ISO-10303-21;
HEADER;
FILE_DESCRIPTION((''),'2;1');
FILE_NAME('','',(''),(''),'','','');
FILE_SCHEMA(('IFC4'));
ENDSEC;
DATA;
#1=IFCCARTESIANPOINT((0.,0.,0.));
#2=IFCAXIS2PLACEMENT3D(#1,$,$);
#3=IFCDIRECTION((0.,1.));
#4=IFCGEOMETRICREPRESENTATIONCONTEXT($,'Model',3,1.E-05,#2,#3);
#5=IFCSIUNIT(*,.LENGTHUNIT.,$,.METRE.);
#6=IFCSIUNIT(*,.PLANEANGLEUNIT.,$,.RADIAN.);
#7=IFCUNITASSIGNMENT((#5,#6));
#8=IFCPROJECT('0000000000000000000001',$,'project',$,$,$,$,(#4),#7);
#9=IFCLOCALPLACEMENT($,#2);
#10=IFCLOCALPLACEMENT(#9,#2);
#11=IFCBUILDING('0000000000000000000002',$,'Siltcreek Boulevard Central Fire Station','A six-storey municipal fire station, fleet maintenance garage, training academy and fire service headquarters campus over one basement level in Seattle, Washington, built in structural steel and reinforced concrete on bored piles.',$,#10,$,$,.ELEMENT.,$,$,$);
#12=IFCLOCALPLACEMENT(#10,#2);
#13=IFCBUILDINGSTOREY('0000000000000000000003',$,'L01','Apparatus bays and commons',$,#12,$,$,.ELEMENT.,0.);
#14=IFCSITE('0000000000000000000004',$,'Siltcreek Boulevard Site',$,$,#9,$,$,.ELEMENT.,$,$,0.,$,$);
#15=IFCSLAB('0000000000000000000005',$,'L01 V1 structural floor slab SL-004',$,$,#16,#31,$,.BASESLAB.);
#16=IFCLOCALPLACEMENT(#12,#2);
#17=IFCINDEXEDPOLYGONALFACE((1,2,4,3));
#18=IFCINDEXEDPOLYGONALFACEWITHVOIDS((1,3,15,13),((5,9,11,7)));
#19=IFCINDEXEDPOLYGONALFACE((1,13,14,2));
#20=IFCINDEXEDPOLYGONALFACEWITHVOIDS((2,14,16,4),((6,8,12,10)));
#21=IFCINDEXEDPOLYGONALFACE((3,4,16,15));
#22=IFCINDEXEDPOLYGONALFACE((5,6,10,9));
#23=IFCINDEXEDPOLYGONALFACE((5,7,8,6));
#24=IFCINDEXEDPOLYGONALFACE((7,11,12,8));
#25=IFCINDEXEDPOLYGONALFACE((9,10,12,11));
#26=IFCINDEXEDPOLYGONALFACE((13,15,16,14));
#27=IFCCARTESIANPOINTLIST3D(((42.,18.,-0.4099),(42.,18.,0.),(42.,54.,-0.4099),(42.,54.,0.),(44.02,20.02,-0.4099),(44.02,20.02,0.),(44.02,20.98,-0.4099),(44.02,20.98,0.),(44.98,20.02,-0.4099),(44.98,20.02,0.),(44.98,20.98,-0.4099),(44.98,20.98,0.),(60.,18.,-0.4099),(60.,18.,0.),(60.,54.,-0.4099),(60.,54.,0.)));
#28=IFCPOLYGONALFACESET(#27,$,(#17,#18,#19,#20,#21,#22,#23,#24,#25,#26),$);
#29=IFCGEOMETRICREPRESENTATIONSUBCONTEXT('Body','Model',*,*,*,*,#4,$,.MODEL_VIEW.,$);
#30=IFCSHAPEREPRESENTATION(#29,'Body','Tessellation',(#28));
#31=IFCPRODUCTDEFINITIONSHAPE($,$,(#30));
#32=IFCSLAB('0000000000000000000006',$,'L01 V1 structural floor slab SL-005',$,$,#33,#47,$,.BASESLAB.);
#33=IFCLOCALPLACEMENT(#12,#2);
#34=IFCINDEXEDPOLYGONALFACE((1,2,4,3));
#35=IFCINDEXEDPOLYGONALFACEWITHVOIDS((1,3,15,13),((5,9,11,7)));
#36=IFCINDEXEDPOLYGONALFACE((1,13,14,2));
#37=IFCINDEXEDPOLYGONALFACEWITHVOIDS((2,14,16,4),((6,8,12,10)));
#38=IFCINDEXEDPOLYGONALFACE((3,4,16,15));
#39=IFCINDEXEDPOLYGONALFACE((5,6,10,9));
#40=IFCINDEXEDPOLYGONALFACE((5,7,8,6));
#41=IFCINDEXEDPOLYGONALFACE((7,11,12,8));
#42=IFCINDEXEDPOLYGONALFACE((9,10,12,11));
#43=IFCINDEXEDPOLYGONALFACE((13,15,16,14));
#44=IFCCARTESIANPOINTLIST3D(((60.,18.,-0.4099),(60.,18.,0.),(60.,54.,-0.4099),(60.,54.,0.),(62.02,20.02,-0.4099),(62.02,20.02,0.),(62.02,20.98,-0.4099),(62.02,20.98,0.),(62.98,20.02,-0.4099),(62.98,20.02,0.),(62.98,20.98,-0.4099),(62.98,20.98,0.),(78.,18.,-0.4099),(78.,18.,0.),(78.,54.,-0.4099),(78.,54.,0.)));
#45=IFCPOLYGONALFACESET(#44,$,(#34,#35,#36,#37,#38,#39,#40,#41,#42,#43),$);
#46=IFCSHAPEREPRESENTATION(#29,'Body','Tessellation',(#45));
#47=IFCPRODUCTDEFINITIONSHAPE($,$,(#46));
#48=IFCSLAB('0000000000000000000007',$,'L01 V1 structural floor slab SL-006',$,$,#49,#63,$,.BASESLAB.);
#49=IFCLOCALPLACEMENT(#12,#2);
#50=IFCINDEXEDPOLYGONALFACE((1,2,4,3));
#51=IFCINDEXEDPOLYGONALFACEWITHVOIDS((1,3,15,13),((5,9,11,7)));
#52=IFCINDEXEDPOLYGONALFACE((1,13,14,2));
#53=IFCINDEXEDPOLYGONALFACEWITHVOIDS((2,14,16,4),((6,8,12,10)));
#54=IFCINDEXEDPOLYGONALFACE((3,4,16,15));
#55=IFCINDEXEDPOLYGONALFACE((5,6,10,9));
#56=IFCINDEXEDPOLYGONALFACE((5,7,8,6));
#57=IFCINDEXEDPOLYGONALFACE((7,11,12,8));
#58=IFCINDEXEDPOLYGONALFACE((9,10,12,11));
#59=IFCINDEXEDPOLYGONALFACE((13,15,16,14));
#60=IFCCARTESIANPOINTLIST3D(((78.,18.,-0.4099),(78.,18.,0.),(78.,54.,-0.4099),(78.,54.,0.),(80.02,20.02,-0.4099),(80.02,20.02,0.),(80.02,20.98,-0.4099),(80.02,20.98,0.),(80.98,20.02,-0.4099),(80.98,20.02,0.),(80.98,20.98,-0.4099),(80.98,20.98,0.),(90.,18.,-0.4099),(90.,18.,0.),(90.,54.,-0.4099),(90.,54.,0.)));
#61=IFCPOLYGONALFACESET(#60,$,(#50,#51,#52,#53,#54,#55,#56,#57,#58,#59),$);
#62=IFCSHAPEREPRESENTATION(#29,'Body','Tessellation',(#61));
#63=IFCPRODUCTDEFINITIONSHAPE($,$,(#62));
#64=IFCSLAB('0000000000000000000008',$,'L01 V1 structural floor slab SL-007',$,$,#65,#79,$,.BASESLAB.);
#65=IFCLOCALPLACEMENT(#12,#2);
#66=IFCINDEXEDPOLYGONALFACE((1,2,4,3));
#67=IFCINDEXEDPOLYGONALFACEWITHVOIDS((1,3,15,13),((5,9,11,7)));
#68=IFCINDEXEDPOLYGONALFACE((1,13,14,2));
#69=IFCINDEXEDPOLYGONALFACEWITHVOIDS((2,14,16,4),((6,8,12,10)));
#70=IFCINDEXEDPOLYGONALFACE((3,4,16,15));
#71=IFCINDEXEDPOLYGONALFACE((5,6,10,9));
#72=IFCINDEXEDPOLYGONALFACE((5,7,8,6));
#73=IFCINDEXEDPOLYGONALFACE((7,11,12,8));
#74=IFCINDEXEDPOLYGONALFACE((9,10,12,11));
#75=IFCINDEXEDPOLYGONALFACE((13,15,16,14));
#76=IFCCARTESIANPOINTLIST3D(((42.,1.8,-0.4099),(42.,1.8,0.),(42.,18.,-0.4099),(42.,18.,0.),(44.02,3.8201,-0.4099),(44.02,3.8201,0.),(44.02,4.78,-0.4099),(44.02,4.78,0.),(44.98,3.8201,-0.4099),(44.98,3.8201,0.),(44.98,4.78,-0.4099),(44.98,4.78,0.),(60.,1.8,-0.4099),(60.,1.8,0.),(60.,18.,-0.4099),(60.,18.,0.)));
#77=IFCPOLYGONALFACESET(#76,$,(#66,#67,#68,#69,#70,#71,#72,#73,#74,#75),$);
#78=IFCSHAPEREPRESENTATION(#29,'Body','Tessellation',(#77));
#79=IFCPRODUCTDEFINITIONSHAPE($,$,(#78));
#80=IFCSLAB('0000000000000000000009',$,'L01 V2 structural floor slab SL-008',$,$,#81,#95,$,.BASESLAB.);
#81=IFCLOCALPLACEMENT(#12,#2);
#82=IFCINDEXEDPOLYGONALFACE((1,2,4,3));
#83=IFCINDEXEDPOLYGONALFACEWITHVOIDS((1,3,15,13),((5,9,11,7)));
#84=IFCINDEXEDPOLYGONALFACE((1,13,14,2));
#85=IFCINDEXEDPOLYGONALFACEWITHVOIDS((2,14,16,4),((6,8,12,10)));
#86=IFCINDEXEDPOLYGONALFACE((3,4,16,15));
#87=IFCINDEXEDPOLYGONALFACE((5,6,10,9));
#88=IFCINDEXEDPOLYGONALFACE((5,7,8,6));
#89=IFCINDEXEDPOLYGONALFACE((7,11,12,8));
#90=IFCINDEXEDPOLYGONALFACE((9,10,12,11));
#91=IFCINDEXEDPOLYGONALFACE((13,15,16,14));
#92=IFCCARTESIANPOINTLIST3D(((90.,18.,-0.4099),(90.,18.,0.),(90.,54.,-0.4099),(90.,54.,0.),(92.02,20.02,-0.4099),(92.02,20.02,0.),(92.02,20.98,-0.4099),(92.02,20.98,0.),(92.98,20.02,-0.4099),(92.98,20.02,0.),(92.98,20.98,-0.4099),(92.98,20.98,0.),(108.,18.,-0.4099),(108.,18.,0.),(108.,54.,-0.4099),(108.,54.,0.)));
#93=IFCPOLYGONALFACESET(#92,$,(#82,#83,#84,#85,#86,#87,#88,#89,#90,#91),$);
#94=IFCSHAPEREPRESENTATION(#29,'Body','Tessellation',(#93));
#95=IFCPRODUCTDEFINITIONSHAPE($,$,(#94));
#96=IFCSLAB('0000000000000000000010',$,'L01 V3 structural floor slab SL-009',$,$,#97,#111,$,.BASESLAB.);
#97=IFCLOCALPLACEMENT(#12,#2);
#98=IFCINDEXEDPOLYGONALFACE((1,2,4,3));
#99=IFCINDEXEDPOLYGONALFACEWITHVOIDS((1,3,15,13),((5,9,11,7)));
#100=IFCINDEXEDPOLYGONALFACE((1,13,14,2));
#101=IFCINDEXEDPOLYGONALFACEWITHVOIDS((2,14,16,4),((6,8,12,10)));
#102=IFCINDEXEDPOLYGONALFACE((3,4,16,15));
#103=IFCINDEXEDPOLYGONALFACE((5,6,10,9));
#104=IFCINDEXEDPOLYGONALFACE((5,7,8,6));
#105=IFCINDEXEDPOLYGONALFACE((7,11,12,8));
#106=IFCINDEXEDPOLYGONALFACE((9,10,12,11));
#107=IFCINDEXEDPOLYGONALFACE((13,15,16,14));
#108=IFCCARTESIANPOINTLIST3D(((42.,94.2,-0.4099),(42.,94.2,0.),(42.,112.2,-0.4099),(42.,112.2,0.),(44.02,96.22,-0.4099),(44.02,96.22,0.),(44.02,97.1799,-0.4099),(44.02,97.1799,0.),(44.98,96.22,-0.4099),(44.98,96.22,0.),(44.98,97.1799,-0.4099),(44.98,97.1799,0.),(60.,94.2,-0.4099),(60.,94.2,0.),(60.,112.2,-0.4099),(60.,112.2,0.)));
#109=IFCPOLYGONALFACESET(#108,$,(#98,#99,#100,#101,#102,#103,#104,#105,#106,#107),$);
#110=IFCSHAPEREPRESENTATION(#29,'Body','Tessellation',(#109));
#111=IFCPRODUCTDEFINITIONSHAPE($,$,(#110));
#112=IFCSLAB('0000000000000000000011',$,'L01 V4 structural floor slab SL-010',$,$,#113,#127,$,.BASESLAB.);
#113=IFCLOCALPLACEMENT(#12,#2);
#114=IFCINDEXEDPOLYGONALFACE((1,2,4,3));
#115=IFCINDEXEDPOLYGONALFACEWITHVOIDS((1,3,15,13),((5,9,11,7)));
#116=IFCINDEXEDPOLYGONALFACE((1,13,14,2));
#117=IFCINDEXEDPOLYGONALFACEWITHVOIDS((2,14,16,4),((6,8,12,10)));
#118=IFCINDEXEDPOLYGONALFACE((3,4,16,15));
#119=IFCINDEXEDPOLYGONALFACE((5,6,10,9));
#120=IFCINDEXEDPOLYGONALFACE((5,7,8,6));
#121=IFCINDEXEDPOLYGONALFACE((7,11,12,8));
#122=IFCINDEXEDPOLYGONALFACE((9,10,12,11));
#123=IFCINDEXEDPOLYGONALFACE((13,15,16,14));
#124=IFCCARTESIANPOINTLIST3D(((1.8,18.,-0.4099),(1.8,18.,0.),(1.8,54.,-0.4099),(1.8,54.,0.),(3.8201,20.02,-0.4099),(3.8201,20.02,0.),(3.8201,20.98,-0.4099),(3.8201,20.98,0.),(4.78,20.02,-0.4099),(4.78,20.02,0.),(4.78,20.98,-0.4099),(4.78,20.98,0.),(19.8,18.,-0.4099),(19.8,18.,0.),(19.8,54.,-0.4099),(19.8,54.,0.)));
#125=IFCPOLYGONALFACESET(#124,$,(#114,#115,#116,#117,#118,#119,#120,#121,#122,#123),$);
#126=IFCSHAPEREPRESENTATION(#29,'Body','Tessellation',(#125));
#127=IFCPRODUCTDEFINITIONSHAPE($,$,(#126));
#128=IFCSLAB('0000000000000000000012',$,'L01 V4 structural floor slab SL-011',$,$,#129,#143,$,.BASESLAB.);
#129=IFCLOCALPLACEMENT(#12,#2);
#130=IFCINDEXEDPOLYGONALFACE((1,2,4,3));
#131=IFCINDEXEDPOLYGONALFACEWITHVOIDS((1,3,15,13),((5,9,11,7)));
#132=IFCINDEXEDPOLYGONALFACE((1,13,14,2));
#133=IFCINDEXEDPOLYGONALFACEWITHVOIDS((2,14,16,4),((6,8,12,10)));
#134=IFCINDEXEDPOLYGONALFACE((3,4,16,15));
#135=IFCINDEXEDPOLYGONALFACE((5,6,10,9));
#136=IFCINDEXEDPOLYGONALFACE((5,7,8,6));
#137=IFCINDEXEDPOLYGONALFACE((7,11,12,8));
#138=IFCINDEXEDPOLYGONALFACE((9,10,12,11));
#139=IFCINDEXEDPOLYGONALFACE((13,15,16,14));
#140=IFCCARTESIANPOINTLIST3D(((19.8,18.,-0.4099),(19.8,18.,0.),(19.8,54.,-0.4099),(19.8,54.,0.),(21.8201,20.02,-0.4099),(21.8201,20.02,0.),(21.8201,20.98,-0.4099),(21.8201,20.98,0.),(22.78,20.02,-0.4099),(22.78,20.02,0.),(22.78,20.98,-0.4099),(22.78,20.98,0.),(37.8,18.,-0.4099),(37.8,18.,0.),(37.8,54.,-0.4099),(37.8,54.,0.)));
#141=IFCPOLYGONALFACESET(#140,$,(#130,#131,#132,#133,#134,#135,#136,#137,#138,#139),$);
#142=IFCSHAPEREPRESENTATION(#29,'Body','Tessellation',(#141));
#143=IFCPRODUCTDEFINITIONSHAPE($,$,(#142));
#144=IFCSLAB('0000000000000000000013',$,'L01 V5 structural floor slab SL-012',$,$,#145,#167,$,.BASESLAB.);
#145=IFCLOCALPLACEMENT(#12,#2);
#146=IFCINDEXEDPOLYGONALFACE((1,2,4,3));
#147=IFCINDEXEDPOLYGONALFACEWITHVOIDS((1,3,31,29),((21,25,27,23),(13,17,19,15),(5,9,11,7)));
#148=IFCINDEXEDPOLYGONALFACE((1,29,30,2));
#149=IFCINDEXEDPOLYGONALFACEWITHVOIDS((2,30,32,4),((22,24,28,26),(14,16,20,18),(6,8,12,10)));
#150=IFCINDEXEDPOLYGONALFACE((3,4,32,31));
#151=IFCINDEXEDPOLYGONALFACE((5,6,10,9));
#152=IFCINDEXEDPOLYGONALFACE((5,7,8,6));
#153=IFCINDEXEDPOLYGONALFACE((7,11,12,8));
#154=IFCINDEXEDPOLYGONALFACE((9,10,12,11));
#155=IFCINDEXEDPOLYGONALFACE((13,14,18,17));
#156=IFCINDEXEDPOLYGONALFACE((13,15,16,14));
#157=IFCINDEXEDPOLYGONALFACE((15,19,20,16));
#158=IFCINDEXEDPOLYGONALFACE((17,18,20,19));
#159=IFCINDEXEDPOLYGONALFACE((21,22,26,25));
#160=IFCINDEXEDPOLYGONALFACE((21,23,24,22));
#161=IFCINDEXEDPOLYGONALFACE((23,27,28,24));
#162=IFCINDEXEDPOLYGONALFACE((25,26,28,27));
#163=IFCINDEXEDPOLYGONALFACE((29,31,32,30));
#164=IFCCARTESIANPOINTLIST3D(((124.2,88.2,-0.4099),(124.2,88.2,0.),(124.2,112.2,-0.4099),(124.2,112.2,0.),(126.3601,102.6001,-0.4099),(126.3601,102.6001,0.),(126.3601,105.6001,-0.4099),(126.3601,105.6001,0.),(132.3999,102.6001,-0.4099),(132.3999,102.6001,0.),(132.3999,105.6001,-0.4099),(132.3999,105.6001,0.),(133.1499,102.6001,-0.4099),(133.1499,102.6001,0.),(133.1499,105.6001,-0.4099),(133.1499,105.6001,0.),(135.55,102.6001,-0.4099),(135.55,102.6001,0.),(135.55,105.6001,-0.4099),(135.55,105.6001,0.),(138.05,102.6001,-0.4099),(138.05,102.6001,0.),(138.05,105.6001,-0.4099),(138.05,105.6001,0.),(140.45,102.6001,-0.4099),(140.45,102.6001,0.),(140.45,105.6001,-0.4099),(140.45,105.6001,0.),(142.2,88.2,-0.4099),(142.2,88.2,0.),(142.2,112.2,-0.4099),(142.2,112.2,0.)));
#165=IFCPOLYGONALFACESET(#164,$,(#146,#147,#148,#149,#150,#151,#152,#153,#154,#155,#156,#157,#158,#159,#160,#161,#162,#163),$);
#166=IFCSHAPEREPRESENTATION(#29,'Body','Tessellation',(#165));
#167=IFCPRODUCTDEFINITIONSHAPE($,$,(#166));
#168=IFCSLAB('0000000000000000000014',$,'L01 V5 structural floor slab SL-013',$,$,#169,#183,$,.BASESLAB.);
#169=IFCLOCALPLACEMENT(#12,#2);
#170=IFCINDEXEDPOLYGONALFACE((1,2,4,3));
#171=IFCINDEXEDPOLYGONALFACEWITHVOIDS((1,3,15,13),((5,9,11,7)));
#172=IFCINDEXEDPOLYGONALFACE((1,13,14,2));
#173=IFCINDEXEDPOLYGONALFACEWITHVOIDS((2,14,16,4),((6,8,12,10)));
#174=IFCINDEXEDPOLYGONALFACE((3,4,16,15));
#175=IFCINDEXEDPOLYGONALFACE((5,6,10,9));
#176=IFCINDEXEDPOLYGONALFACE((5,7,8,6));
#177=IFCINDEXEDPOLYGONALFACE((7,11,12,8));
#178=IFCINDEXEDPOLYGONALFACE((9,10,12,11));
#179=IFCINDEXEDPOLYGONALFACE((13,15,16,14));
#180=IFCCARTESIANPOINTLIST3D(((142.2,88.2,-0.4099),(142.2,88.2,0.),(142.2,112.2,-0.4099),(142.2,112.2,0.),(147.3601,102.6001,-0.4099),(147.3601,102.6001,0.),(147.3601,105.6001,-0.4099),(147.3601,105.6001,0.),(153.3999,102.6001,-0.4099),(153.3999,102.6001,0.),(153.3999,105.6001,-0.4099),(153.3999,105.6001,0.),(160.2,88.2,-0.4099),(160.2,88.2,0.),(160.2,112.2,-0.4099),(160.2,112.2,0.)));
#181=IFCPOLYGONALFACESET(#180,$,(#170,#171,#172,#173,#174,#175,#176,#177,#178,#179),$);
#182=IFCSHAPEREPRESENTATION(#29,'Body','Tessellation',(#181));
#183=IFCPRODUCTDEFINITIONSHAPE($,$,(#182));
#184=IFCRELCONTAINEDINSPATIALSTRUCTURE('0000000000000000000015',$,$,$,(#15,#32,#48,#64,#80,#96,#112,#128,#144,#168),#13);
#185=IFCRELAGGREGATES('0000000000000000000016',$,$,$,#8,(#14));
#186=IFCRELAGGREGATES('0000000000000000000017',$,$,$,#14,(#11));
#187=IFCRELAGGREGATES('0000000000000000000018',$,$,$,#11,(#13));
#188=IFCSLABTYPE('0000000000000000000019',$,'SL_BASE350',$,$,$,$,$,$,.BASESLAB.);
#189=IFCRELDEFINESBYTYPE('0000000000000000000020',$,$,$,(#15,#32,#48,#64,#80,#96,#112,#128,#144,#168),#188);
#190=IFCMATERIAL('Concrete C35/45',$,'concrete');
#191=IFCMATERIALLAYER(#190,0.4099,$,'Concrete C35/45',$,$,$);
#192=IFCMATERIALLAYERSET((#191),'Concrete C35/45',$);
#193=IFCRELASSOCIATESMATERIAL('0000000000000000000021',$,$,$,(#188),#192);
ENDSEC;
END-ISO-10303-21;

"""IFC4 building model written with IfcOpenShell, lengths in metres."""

from ifc_helpers import new_model, si_unit, direction, frame, origin, place, context, subcontext, project, spatial, polyline, outline, extrude, material, layer, layer_set, type_object, element, save


model = new_model("IFC4")

# Units and contexts
model_context = context("Model", 3, precision=1e-05, world=origin(), true_north=direction((0.0, 1.0)))
body_context = subcontext(model_context, "Body", "Model", "MODEL_VIEW")
ifc_project = project(units=[si_unit("LENGTHUNIT", "METRE"), si_unit("PLANEANGLEUNIT", "RADIAN")], contexts=[model_context])

# Site, building, storey
site_placement = place(None, origin())
site = spatial("IfcSite", under=ifc_project, at=site_placement, Name="Siltcreek Boulevard Site", CompositionType="ELEMENT", RefElevation=0.0)
building_placement = place(site_placement, origin())
building = spatial("IfcBuilding", under=site, at=building_placement, Name="Siltcreek Boulevard Central Fire Station", Description="A six-storey municipal fire station, fleet maintenance garage, training academy and fire service headquarters campus over one basement level in Seattle, Washington, built in structural steel and reinforced concrete on bored piles.", CompositionType="ELEMENT")
storey_placement = place(building_placement, origin())
storey = spatial("IfcBuildingStorey", under=building, at=storey_placement, Name="L01", Description="Apparatus bays and commons", CompositionType="ELEMENT", Elevation=0.0)

# Slabs
ifc_material_1 = material(Name="Concrete C35/45", Category="concrete")
ifc_layer_1 = layer(ifc_material_1, 0.4099, Name="Concrete C35/45")
ifc_layer_set_1 = layer_set([ifc_layer_1], Name="Concrete C35/45")
slab_type_1 = type_object("IfcSlabType", Name="SL_BASE350", PredefinedType="BASESLAB", material=ifc_layer_set_1)
slab_1_placement = place(storey_placement, frame((0.0, 0.0, -0.4099)))
element("IfcSlab", 1, at=slab_1_placement, inside=storey, type_object=slab_type_1, Name="L01 V1 structural floor slab SL-004", PredefinedType="BASESLAB", context=body_context, shape_type="SweptSolid", body=[
    extrude(outline(polyline([(60.0, 54.0), (60.0, 18.0), (42.0, 18.0), (42.0, 54.0), (60.0, 54.0)]), holes=[polyline([(44.98, 20.98), (44.02, 20.98), (44.02, 20.02), (44.98, 20.02), (44.98, 20.98)])]), origin(), (0.0, 0.0, 1.0), 0.4099),
])
slab_2_placement = place(storey_placement, frame((0.0, 0.0, -0.4099)))
element("IfcSlab", 2, at=slab_2_placement, inside=storey, type_object=slab_type_1, Name="L01 V1 structural floor slab SL-005", PredefinedType="BASESLAB", context=body_context, shape_type="SweptSolid", body=[
    extrude(outline(polyline([(78.0, 54.0), (78.0, 18.0), (60.0, 18.0), (60.0, 54.0), (78.0, 54.0)]), holes=[polyline([(62.98, 20.98), (62.02, 20.98), (62.02, 20.02), (62.98, 20.02), (62.98, 20.98)])]), origin(), (0.0, 0.0, 1.0), 0.4099),
])
slab_3_placement = place(storey_placement, frame((0.0, 0.0, -0.4099)))
element("IfcSlab", 3, at=slab_3_placement, inside=storey, type_object=slab_type_1, Name="L01 V1 structural floor slab SL-006", PredefinedType="BASESLAB", context=body_context, shape_type="SweptSolid", body=[
    extrude(outline(polyline([(90.0, 54.0), (90.0, 18.0), (78.0, 18.0), (78.0, 54.0), (90.0, 54.0)]), holes=[polyline([(80.98, 20.98), (80.02, 20.98), (80.02, 20.02), (80.98, 20.02), (80.98, 20.98)])]), origin(), (0.0, 0.0, 1.0), 0.4099),
])
slab_4_placement = place(storey_placement, frame((0.0, 0.0, -0.4099)))
element("IfcSlab", 4, at=slab_4_placement, inside=storey, type_object=slab_type_1, Name="L01 V1 structural floor slab SL-007", PredefinedType="BASESLAB", context=body_context, shape_type="SweptSolid", body=[
    extrude(outline(polyline([(60.0, 18.0), (60.0, 1.8), (42.0, 1.8), (42.0, 18.0), (60.0, 18.0)]), holes=[polyline([(44.98, 4.78), (44.02, 4.78), (44.02, 3.8201), (44.98, 3.8201), (44.98, 4.78)])]), origin(), (0.0, 0.0, 1.0), 0.4099),
])
slab_5_placement = place(storey_placement, frame((0.0, 0.0, -0.4099)))
element("IfcSlab", 5, at=slab_5_placement, inside=storey, type_object=slab_type_1, Name="L01 V2 structural floor slab SL-008", PredefinedType="BASESLAB", context=body_context, shape_type="SweptSolid", body=[
    extrude(outline(polyline([(108.0, 54.0), (108.0, 18.0), (90.0, 18.0), (90.0, 54.0), (108.0, 54.0)]), holes=[polyline([(92.98, 20.98), (92.02, 20.98), (92.02, 20.02), (92.98, 20.02), (92.98, 20.98)])]), origin(), (0.0, 0.0, 1.0), 0.4099),
])
slab_6_placement = place(storey_placement, frame((0.0, 0.0, -0.4099)))
element("IfcSlab", 6, at=slab_6_placement, inside=storey, type_object=slab_type_1, Name="L01 V3 structural floor slab SL-009", PredefinedType="BASESLAB", context=body_context, shape_type="SweptSolid", body=[
    extrude(outline(polyline([(60.0, 112.2), (60.0, 94.2), (42.0, 94.2), (42.0, 112.2), (60.0, 112.2)]), holes=[polyline([(44.98, 97.1799), (44.02, 97.1799), (44.02, 96.22), (44.98, 96.22), (44.98, 97.1799)])]), origin(), (0.0, 0.0, 1.0), 0.4099),
])
slab_7_placement = place(storey_placement, frame((0.0, 0.0, -0.4099)))
element("IfcSlab", 7, at=slab_7_placement, inside=storey, type_object=slab_type_1, Name="L01 V4 structural floor slab SL-010", PredefinedType="BASESLAB", context=body_context, shape_type="SweptSolid", body=[
    extrude(outline(polyline([(19.8, 54.0), (19.8, 18.0), (1.8, 18.0), (1.8, 54.0), (19.8, 54.0)]), holes=[polyline([(4.78, 20.98), (3.8201, 20.98), (3.8201, 20.02), (4.78, 20.02), (4.78, 20.98)])]), origin(), (0.0, 0.0, 1.0), 0.4099),
])
slab_8_placement = place(storey_placement, frame((0.0, 0.0, -0.4099)))
element("IfcSlab", 8, at=slab_8_placement, inside=storey, type_object=slab_type_1, Name="L01 V4 structural floor slab SL-011", PredefinedType="BASESLAB", context=body_context, shape_type="SweptSolid", body=[
    extrude(outline(polyline([(37.8, 54.0), (37.8, 18.0), (19.8, 18.0), (19.8, 54.0), (37.8, 54.0)]), holes=[polyline([(22.78, 20.98), (21.8201, 20.98), (21.8201, 20.02), (22.78, 20.02), (22.78, 20.98)])]), origin(), (0.0, 0.0, 1.0), 0.4099),
])
slab_9_placement = place(storey_placement, frame((0.0, 0.0, -0.4099)))
element("IfcSlab", 9, at=slab_9_placement, inside=storey, type_object=slab_type_1, Name="L01 V5 structural floor slab SL-012", PredefinedType="BASESLAB", context=body_context, shape_type="SweptSolid", body=[
    extrude(outline(polyline([(124.2, 112.2), (142.2, 112.2), (142.2, 88.2), (124.2, 88.2), (124.2, 112.2)]), holes=[polyline([(126.3601, 105.6001), (126.3601, 102.6001), (132.3999, 102.6001), (132.3999, 105.6001), (126.3601, 105.6001)]), polyline([(133.1499, 105.6001), (133.1499, 102.6001), (135.55, 102.6001), (135.55, 105.6001), (133.1499, 105.6001)]), polyline([(138.05, 105.6001), (138.05, 102.6001), (140.45, 102.6001), (140.45, 105.6001), (138.05, 105.6001)])]), origin(), (0.0, 0.0, 1.0), 0.4099),
])
slab_10_placement = place(storey_placement, frame((0.0, 0.0, -0.4099)))
element("IfcSlab", 10, at=slab_10_placement, inside=storey, type_object=slab_type_1, Name="L01 V5 structural floor slab SL-013", PredefinedType="BASESLAB", context=body_context, shape_type="SweptSolid", body=[
    extrude(outline(polyline([(142.2, 112.2), (160.2, 112.2), (160.2, 88.2), (142.2, 88.2), (142.2, 112.2)]), holes=[polyline([(147.3601, 105.6001), (147.3601, 102.6001), (153.3999, 102.6001), (153.3999, 105.6001), (147.3601, 105.6001)])]), origin(), (0.0, 0.0, 1.0), 0.4099),
])

save(model, "model.ifc")
